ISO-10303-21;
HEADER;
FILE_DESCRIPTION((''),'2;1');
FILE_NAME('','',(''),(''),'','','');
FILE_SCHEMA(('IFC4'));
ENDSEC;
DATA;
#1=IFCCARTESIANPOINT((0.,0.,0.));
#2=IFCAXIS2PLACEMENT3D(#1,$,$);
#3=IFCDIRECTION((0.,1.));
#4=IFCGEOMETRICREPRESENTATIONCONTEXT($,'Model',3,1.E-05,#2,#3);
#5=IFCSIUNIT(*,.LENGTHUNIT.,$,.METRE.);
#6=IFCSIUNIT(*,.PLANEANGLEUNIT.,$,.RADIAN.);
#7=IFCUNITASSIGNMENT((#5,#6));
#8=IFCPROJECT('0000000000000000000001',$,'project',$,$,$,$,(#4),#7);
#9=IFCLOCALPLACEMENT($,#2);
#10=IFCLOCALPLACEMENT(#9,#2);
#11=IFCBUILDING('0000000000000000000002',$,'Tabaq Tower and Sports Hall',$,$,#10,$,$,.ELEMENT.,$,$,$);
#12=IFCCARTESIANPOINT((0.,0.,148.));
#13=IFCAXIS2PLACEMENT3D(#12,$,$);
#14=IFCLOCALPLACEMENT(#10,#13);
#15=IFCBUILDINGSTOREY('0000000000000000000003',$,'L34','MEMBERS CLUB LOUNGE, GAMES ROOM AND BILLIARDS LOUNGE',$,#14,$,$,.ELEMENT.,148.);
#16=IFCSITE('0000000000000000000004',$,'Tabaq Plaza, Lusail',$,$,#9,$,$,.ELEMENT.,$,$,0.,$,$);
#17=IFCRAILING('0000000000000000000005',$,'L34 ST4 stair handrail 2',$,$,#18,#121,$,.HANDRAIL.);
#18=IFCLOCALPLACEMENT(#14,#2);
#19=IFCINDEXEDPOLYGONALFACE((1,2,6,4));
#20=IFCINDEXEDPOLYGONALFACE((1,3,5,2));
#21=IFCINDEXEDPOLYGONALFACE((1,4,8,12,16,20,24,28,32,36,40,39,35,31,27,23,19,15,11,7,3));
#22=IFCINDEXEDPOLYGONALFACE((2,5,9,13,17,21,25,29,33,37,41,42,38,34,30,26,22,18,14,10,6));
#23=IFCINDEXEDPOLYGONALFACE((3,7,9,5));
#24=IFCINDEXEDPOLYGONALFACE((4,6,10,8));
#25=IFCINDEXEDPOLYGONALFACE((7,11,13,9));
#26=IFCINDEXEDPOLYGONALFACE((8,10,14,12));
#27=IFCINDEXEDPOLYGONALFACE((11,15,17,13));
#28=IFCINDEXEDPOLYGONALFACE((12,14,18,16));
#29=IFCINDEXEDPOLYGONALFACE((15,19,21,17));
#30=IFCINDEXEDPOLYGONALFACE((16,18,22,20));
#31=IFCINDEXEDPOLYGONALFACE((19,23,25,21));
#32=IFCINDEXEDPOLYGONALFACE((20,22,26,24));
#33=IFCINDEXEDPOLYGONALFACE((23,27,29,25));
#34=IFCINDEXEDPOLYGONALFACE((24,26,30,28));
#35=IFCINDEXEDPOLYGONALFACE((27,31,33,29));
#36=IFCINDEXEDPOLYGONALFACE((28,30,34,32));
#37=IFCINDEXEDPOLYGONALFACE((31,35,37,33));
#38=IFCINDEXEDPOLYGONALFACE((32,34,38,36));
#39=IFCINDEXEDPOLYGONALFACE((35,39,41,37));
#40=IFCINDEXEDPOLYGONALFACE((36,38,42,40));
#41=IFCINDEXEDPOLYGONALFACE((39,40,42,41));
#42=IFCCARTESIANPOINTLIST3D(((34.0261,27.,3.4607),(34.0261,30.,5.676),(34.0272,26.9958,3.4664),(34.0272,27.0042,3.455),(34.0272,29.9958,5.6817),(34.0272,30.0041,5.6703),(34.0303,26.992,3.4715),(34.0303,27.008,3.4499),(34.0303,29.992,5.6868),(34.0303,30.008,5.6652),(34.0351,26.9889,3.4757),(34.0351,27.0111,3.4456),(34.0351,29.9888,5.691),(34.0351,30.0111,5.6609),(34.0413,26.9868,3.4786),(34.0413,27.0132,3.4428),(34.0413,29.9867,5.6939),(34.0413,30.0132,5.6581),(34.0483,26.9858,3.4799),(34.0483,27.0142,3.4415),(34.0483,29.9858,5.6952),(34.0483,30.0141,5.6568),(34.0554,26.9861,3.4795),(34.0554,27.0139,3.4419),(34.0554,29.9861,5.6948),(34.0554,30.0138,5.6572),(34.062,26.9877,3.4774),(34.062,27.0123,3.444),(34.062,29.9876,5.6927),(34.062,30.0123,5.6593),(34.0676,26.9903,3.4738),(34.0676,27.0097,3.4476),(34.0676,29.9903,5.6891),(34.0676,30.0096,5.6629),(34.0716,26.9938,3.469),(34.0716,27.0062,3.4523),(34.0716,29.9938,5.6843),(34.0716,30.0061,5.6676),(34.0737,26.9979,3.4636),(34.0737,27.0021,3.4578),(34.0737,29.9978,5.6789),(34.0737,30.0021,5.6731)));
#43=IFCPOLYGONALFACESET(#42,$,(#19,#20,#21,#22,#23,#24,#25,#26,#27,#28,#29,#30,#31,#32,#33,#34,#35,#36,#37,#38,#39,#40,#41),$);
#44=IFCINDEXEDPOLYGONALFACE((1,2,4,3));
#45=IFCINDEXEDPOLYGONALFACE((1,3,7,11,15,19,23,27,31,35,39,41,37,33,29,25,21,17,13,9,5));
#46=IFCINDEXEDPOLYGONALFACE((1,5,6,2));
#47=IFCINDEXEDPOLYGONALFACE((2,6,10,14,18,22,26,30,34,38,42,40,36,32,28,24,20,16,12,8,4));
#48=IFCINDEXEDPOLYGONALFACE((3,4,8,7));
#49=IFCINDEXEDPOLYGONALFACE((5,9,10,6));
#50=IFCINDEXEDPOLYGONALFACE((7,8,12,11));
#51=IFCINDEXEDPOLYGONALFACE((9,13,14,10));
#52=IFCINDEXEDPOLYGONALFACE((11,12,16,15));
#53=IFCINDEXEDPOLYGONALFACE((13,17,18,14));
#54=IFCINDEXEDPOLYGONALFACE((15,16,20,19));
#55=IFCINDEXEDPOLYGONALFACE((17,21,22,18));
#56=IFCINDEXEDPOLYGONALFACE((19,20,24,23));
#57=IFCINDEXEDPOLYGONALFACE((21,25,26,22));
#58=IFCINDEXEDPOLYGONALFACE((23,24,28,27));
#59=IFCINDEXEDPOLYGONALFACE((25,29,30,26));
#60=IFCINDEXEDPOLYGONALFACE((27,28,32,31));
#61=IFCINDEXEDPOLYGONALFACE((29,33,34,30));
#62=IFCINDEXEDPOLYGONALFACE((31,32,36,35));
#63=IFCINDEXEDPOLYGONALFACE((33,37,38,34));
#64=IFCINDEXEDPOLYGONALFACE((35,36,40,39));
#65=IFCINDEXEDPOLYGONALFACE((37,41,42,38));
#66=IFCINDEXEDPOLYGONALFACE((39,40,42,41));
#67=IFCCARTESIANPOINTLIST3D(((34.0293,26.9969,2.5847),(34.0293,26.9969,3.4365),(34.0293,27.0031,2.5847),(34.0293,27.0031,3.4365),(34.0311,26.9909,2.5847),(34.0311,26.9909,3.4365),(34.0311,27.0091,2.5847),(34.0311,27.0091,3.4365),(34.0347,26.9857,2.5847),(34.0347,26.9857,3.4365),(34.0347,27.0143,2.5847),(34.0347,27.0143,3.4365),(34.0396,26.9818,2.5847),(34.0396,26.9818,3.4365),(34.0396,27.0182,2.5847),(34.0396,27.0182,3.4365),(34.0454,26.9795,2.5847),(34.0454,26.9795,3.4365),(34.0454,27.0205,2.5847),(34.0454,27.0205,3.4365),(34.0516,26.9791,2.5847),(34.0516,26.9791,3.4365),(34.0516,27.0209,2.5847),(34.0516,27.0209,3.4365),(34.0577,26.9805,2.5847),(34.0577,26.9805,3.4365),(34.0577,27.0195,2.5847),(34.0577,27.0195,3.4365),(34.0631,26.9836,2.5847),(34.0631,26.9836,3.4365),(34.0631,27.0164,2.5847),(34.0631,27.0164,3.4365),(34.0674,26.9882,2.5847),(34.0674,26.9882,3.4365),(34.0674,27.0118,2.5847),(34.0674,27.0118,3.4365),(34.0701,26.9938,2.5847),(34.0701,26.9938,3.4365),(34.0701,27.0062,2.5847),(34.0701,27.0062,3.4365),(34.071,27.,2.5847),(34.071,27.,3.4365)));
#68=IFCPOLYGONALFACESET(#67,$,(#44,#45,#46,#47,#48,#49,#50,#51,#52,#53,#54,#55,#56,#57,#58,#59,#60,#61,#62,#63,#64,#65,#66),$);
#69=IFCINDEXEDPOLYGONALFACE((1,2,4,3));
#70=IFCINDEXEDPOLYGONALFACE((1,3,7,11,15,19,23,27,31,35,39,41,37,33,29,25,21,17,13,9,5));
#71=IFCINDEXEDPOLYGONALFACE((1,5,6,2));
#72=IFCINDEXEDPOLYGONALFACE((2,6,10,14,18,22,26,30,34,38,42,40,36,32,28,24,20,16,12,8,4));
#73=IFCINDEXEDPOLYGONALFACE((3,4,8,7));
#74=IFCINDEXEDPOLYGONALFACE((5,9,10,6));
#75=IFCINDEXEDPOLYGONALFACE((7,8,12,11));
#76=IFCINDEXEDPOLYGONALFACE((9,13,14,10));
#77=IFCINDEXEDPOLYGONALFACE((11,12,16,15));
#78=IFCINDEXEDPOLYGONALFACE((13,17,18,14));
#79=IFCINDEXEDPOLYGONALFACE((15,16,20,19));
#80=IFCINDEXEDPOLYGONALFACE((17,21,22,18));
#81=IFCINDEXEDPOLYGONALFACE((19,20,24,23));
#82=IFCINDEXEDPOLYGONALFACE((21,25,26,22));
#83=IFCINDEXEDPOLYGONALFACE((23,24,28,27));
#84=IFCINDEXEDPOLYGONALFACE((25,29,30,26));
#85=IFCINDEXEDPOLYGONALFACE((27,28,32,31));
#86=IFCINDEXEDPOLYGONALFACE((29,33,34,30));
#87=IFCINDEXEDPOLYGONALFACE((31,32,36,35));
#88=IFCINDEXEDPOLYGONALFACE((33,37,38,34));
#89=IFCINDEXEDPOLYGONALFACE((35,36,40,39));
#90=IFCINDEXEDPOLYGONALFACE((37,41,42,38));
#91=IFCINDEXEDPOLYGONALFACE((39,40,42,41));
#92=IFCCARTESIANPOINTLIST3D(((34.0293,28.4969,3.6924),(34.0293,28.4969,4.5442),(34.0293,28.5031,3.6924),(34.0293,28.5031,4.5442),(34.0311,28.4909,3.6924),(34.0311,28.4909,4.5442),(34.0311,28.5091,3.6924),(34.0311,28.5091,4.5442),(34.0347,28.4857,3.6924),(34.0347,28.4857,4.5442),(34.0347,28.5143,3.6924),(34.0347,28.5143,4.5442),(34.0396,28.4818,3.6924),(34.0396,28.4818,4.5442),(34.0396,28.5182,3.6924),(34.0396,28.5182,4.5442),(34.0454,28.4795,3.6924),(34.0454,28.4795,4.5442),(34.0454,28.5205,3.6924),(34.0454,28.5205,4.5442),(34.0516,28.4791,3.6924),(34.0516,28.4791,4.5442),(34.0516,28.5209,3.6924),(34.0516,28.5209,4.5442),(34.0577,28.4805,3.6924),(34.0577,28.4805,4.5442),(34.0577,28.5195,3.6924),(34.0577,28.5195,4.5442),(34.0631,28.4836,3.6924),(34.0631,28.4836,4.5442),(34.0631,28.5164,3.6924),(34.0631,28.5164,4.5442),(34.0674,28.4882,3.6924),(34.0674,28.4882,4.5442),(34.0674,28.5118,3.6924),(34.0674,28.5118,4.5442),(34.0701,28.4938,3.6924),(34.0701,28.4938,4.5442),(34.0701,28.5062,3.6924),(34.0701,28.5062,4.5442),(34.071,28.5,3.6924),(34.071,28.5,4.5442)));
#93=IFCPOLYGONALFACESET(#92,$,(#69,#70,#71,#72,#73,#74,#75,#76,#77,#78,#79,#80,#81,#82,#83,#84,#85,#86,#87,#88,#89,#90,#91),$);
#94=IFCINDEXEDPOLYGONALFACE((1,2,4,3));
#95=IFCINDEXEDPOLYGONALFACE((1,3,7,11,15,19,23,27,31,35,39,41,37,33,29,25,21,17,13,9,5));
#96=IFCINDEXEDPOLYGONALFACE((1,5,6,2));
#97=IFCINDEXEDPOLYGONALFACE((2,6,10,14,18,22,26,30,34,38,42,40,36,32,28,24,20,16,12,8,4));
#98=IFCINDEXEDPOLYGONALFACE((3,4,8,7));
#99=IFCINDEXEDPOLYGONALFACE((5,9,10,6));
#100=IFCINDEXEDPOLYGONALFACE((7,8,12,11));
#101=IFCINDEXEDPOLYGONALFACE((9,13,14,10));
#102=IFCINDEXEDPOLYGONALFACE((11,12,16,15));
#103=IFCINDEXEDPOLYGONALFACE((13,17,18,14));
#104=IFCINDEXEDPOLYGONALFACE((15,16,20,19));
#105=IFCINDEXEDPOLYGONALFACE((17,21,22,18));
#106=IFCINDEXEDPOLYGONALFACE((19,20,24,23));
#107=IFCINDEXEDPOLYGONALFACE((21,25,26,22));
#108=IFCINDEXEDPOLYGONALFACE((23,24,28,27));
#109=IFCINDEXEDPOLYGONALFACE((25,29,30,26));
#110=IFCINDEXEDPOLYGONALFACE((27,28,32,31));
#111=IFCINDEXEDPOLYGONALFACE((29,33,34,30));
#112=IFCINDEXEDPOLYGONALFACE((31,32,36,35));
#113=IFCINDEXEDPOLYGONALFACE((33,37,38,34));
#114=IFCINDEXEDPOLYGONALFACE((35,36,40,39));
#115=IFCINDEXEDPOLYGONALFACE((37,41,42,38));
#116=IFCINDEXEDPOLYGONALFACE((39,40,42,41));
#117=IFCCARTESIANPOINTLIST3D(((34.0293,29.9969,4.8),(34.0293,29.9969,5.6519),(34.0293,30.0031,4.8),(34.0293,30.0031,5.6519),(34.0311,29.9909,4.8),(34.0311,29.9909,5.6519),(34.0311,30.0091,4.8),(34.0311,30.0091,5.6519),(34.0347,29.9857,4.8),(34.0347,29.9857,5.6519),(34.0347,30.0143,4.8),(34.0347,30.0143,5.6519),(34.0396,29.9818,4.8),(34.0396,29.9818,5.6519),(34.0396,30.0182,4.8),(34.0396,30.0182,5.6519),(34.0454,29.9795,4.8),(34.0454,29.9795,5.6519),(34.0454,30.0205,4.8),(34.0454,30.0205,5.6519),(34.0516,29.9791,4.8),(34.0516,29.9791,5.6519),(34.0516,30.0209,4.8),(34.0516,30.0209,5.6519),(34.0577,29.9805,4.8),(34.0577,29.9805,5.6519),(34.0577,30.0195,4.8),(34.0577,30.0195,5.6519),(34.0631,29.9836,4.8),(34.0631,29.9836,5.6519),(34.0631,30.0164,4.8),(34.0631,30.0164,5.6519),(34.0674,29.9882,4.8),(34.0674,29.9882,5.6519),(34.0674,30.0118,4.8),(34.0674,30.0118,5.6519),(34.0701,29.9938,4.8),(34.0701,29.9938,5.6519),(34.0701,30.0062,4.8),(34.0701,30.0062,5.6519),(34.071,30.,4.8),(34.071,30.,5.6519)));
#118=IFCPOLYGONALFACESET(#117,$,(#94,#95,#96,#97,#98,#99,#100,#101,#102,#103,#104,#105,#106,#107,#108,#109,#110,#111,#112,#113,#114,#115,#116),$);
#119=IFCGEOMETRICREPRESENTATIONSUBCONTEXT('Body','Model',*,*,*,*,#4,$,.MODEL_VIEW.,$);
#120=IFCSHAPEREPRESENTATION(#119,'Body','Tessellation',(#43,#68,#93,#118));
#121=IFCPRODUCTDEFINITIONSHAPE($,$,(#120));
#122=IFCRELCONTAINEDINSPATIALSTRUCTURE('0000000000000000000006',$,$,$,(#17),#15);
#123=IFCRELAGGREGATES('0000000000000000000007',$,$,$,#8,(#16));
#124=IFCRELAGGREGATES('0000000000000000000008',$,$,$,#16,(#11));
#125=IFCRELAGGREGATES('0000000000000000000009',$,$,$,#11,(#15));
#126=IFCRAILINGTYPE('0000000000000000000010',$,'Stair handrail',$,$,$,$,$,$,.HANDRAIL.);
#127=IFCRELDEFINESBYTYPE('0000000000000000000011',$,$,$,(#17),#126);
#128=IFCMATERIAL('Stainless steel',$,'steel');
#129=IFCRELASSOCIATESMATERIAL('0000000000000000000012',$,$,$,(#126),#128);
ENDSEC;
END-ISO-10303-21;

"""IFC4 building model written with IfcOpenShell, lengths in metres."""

from ifc_helpers import new_model, si_unit, direction, frame, origin, origin_2d, place, context, subcontext, project, spatial, circle, extrude, material, type_object, element, save


model = new_model("IFC4")

# Units and contexts
model_context = context("Model", 3, precision=1e-05, world=origin(), true_north=direction((0.0, 1.0)))
body_context = subcontext(model_context, "Body", "Model", "MODEL_VIEW")
ifc_project = project(units=[si_unit("LENGTHUNIT", "METRE"), si_unit("PLANEANGLEUNIT", "RADIAN")], contexts=[model_context])

# Site, building, storey
site_placement = place(None, origin())
site = spatial("IfcSite", under=ifc_project, at=site_placement, Name="Tabaq Plaza, Lusail", CompositionType="ELEMENT", RefElevation=0.0)
building_placement = place(site_placement, origin())
building = spatial("IfcBuilding", under=site, at=building_placement, Name="Tabaq Tower and Sports Hall", CompositionType="ELEMENT")
storey_placement = place(building_placement, frame((0.0, 0.0, 148.0)))
storey = spatial("IfcBuildingStorey", under=building, at=storey_placement, Name="L34", Description="MEMBERS CLUB LOUNGE, GAMES ROOM AND BILLIARDS LOUNGE", CompositionType="ELEMENT", Elevation=148.0)

# Railing
ifc_material_1 = material(Name="Stainless steel", Category="steel")
railing_type_1 = type_object("IfcRailingType", Name="Stair handrail", PredefinedType="HANDRAIL", material=ifc_material_1)
railing_1_placement = place(storey_placement, frame((34.05, 27.0, 2.5847)))
element("IfcRailing", 1, at=railing_1_placement, inside=storey, type_object=railing_type_1, Name="L34 ST4 stair handrail 2", PredefinedType="HANDRAIL", context=body_context, shape_type="SweptSolid", body=[
    extrude(circle(Radius=0.0239, at=origin_2d()), frame((0.0, 0.0, 0.876), z_axis=(0.0, 0.80444, 0.594034), x_axis=(-1.0, 0.0, 0.0)), (0.0, 0.0, 1.0), 3.7292),
    extrude(circle(Radius=0.021, at=origin_2d()), origin(), (0.0, 0.0, 1.0), 0.8518),
    extrude(circle(Radius=0.021, at=origin_2d()), frame((0.0, 1.5, 1.1077)), (0.0, 0.0, 1.0), 0.8518),
    extrude(circle(Radius=0.021, at=origin_2d()), frame((0.0, 3.0, 2.2153)), (0.0, 0.0, 1.0), 0.8518),
])

save(model, "model.ifc")
